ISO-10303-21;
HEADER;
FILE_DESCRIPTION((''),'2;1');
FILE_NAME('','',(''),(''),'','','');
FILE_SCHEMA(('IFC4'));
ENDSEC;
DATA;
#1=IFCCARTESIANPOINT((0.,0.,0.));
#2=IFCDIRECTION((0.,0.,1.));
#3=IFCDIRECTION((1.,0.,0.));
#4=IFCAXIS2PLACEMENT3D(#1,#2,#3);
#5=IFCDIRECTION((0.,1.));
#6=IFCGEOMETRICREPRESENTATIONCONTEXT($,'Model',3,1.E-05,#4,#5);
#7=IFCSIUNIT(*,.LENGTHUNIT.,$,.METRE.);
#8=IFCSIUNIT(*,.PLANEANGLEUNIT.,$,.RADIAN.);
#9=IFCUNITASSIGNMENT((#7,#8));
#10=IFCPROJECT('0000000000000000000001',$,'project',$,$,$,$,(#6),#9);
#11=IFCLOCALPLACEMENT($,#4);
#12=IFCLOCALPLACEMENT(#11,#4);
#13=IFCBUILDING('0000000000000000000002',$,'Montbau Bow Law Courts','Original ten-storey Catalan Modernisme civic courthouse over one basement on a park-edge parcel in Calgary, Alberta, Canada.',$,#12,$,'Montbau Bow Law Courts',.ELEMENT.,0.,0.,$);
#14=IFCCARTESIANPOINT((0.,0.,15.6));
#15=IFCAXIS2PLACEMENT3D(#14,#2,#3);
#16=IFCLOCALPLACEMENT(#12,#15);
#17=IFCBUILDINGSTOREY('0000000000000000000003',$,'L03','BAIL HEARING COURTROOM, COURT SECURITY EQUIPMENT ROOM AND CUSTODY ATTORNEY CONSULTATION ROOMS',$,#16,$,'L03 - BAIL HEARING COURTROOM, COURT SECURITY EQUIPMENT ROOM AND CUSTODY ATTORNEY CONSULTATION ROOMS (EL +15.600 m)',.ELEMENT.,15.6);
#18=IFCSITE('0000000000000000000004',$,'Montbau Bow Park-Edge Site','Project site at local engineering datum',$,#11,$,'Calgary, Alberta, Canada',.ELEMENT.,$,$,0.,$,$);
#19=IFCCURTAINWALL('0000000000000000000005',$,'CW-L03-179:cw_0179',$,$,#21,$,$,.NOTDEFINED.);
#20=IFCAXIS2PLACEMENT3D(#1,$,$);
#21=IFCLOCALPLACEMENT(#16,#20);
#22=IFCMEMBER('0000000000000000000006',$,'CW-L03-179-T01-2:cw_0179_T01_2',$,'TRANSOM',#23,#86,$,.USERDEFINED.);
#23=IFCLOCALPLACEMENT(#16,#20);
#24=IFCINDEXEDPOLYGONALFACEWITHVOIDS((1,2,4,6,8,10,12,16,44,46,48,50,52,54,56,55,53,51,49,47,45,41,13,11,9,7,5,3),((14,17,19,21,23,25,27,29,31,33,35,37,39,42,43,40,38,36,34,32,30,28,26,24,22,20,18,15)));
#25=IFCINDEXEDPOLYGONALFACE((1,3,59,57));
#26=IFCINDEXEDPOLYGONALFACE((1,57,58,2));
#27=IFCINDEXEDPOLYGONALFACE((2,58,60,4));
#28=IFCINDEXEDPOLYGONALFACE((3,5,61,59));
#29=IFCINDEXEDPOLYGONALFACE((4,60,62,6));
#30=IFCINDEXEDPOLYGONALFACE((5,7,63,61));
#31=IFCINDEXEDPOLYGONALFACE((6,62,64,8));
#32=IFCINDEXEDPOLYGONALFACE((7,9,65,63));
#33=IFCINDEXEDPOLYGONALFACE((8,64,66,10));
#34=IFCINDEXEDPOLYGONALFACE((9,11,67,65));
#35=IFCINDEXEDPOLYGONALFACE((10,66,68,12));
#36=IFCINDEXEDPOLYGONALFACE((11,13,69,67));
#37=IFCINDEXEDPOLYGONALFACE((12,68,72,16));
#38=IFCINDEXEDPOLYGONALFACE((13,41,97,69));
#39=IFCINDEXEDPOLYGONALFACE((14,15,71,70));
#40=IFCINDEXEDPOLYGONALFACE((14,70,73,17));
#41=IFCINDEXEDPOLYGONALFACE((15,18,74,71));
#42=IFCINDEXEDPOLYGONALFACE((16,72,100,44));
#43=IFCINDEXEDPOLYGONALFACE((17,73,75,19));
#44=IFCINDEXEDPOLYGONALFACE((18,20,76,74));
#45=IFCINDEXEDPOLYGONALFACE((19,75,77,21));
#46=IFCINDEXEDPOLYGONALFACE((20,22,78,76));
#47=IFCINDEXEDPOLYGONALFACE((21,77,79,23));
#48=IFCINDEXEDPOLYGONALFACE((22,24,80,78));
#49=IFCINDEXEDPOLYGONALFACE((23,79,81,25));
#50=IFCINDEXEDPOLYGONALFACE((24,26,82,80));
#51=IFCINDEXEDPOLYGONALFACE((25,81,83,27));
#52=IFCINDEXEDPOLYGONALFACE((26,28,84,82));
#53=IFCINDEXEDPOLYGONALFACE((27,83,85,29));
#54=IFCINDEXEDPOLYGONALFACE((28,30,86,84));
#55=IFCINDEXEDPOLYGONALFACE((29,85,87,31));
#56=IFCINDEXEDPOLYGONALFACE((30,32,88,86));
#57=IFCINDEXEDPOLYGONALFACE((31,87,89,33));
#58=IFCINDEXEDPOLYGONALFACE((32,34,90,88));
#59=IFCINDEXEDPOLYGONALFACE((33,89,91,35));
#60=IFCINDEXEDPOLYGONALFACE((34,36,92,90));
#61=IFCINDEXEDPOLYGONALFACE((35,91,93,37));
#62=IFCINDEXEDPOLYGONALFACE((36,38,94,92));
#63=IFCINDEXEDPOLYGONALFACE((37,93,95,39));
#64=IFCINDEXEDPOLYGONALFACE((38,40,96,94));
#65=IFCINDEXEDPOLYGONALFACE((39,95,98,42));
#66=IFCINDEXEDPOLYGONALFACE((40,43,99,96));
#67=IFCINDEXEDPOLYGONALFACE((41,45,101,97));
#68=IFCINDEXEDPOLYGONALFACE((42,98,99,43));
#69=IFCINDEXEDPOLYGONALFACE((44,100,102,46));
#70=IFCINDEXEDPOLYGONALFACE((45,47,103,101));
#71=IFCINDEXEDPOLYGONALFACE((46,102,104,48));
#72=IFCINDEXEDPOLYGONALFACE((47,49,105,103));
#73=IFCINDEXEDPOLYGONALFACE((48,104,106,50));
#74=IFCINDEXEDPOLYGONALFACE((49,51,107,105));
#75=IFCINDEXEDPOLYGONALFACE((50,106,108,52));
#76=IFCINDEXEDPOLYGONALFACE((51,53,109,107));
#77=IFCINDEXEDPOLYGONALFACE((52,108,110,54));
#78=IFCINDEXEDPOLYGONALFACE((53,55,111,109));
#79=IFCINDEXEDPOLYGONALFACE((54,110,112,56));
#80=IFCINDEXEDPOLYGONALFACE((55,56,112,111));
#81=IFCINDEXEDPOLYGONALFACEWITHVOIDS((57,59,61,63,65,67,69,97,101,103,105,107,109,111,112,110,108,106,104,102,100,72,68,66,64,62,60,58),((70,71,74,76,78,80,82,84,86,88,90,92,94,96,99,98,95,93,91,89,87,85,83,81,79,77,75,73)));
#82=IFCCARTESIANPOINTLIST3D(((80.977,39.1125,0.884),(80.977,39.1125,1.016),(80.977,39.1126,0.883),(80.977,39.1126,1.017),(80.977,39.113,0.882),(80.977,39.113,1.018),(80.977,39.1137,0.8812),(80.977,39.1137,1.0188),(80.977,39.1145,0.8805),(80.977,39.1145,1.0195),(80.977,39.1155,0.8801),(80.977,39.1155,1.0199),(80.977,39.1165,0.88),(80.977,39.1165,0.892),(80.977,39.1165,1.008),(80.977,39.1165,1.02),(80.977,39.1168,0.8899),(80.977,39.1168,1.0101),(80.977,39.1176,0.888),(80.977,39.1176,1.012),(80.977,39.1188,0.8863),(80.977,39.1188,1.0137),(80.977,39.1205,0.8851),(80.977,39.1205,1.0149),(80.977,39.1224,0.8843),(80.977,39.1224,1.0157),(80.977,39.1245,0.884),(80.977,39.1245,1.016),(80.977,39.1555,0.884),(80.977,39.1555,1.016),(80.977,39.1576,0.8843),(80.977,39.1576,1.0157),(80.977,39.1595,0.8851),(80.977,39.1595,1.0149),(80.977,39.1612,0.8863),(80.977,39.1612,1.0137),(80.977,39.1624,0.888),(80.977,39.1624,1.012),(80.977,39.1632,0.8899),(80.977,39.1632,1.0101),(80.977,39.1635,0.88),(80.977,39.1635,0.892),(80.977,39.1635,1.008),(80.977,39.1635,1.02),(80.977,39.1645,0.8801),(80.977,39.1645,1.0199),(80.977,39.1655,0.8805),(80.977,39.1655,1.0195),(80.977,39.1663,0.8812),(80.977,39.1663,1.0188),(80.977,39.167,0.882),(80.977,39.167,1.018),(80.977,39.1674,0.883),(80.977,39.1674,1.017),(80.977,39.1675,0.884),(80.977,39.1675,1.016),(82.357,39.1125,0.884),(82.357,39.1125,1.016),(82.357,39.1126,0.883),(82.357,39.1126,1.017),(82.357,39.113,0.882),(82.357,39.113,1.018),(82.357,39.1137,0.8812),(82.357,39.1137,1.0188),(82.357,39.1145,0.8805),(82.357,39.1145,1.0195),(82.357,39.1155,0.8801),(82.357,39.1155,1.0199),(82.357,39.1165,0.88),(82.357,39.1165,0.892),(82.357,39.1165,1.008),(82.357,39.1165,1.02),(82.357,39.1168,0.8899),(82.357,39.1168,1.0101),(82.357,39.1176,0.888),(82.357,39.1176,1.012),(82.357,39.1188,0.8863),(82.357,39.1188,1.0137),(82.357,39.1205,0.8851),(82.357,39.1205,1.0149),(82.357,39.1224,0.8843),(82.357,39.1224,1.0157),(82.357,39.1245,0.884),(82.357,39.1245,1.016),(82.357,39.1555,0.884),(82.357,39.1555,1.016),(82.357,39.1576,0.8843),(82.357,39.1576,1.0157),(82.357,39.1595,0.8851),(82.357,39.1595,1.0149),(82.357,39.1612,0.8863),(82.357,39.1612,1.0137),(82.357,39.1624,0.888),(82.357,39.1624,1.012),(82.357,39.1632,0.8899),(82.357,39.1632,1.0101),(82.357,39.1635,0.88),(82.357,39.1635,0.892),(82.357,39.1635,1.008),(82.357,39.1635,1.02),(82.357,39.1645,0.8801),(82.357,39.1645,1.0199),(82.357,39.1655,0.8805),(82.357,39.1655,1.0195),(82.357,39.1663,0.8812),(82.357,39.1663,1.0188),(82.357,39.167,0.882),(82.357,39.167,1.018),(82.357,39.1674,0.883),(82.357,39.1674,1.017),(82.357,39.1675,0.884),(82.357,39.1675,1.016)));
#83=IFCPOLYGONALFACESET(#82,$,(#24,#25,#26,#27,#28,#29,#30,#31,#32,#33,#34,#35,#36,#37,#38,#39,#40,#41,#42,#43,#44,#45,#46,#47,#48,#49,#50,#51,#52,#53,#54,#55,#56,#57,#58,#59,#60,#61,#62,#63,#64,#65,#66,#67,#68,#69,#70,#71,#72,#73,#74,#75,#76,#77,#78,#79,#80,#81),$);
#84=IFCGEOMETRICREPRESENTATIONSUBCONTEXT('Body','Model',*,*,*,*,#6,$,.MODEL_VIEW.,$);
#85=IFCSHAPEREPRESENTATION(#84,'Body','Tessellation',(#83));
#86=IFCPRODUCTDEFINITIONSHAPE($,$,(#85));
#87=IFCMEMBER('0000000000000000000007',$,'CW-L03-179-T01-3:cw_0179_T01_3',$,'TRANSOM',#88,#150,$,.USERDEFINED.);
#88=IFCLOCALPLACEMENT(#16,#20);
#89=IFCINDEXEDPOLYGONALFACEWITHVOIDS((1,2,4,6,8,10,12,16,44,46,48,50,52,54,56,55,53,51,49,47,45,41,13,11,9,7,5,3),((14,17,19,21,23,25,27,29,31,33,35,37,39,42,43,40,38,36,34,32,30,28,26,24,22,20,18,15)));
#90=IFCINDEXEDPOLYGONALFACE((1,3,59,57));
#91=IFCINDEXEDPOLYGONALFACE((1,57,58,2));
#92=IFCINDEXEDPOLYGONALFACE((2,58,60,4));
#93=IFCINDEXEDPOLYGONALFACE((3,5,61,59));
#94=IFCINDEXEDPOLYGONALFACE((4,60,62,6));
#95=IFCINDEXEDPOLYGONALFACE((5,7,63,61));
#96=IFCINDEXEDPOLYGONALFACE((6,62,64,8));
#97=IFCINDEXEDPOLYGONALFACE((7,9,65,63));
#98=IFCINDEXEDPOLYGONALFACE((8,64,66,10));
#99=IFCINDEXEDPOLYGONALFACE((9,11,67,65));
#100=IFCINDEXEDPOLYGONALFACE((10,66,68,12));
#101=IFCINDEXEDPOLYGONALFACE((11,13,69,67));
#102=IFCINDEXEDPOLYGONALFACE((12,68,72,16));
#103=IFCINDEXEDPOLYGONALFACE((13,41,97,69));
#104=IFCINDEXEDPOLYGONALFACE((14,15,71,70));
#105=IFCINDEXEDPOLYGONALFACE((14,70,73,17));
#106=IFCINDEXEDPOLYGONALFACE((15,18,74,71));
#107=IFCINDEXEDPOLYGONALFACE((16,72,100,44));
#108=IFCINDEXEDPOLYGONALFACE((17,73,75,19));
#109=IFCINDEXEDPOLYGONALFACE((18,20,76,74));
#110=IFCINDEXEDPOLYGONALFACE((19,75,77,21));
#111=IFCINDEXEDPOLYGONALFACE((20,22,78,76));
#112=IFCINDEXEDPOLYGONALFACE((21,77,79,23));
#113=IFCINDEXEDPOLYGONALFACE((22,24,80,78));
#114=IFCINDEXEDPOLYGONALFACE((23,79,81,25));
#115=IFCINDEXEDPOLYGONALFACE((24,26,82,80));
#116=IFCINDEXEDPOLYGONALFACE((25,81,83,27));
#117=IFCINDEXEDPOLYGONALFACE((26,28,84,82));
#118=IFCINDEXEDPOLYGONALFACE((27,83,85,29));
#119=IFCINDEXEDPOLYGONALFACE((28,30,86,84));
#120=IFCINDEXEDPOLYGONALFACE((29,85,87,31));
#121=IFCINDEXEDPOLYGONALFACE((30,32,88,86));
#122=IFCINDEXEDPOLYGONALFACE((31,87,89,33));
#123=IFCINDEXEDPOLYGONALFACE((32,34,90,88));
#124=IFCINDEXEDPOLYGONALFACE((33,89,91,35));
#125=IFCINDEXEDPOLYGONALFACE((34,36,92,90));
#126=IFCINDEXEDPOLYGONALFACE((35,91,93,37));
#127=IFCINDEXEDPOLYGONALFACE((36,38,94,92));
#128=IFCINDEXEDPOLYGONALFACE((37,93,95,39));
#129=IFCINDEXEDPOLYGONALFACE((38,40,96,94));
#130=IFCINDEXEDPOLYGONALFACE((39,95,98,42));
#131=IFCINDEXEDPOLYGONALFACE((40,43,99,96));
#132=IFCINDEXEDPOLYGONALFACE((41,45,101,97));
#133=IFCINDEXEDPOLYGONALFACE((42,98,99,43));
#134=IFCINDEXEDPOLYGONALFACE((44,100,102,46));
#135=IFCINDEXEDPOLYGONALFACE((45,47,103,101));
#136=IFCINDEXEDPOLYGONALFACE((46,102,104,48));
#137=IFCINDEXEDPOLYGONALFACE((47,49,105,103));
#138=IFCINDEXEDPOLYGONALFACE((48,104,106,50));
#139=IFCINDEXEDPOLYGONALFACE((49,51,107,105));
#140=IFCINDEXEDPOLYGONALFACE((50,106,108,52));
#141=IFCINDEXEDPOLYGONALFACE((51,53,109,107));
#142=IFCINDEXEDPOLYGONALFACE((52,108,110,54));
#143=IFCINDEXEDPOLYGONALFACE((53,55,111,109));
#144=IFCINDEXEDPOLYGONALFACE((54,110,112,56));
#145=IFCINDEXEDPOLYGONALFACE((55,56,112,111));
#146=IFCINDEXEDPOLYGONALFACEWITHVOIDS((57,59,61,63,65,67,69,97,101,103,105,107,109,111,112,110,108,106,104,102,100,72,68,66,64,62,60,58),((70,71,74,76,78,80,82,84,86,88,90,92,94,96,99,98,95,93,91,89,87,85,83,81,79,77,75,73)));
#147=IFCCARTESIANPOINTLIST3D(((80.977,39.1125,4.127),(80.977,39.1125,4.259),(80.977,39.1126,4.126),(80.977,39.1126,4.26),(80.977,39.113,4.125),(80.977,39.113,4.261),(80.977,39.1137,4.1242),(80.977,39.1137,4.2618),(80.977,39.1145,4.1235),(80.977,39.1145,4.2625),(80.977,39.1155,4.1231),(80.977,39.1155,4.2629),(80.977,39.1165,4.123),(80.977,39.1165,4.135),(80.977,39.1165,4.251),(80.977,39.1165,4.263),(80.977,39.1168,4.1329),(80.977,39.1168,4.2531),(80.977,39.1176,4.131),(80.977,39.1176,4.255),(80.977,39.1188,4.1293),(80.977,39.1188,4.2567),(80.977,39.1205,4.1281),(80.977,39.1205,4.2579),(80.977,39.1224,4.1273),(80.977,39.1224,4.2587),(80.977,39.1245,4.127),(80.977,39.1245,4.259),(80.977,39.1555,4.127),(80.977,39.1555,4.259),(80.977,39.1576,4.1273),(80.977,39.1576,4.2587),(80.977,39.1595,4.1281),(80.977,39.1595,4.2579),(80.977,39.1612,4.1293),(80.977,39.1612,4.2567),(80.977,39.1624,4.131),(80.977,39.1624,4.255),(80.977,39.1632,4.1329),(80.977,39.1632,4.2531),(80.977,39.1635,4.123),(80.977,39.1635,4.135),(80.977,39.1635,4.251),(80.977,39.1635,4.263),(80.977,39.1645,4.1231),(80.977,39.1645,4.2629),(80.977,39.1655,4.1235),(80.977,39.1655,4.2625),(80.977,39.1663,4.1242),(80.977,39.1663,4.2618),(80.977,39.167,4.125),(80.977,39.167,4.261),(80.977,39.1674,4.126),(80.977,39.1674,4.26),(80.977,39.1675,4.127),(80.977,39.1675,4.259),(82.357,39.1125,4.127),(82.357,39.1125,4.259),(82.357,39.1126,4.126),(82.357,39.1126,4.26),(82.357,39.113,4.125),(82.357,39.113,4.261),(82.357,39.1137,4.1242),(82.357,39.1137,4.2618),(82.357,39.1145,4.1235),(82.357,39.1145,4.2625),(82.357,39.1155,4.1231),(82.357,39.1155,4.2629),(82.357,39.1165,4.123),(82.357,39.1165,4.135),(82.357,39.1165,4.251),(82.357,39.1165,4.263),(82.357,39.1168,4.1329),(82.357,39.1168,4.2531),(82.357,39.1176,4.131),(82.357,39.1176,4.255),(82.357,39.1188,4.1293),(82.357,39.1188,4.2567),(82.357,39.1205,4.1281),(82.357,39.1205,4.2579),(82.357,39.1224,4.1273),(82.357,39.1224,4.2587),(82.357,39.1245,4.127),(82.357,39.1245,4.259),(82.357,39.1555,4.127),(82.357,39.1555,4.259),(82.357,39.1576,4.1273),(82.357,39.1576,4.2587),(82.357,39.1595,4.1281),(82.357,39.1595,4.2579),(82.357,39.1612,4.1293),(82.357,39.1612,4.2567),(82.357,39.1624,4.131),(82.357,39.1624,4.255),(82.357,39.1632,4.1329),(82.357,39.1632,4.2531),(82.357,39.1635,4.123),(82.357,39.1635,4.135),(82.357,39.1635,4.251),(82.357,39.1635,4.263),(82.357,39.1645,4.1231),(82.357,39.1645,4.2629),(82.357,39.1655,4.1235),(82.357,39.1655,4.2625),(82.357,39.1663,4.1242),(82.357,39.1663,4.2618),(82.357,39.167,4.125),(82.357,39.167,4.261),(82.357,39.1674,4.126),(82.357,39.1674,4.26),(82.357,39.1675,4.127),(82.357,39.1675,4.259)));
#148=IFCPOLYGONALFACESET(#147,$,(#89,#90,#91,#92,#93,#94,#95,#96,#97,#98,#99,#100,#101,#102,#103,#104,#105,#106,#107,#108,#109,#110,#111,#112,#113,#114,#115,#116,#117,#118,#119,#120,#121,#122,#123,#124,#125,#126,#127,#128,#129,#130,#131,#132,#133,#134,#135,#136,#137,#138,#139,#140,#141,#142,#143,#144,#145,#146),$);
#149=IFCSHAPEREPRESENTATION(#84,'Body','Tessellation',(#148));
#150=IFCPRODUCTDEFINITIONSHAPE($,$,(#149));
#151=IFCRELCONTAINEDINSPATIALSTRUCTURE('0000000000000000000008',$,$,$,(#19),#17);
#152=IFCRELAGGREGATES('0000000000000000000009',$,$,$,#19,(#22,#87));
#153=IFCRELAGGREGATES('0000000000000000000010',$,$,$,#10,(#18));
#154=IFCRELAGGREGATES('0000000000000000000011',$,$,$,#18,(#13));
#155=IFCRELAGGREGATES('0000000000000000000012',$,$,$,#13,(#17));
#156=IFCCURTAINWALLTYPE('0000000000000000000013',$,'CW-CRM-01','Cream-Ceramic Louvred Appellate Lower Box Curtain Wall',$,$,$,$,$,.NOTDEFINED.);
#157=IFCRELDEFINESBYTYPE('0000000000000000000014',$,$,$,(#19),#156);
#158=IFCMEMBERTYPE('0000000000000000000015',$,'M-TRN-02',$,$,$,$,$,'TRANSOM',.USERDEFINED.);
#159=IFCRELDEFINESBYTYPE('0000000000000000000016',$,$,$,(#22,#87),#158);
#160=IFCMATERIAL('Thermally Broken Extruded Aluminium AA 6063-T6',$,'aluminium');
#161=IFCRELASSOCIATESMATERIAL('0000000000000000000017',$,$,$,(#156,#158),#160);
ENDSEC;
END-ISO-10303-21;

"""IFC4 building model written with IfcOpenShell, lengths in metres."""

from ifc_helpers import new_model, si_unit, direction, frame, origin_with_axes, origin_2d_with_axis, place, context, subcontext, project, spatial, hollow_rectangle, extrude, material, material_profile, profile_set, type_object, element, aggregate, save


model = new_model("IFC4")

# Units and contexts
model_context = context("Model", 3, precision=1e-05, world=origin_with_axes(), true_north=direction((0.0, 1.0)))
body_context = subcontext(model_context, "Body", "Model", "MODEL_VIEW")
ifc_project = project(units=[si_unit("LENGTHUNIT", "METRE"), si_unit("PLANEANGLEUNIT", "RADIAN")], contexts=[model_context])

# Site, building, storey
site_placement = place(None, origin_with_axes())
site = spatial("IfcSite", under=ifc_project, at=site_placement, Name="Montbau Bow Park-Edge Site", Description="Project site at local engineering datum", LongName="Calgary, Alberta, Canada", CompositionType="ELEMENT", RefElevation=0.0)
building_placement = place(site_placement, origin_with_axes())
building = spatial("IfcBuilding", under=site, at=building_placement, Name="Montbau Bow Law Courts", Description="Original ten-storey Catalan Modernisme civic courthouse over one basement on a park-edge parcel in Calgary, Alberta, Canada.", LongName="Montbau Bow Law Courts", CompositionType="ELEMENT", ElevationOfRefHeight=0.0, ElevationOfTerrain=0.0)
storey_placement = place(building_placement, frame((0.0, 0.0, 15.6), z_axis=(0.0, 0.0, 1.0), x_axis=(1.0, 0.0, 0.0)))
storey = spatial("IfcBuildingStorey", under=building, at=storey_placement, Name="L03", Description="BAIL HEARING COURTROOM, COURT SECURITY EQUIPMENT ROOM AND CUSTODY ATTORNEY CONSULTATION ROOMS", LongName="L03 - BAIL HEARING COURTROOM, COURT SECURITY EQUIPMENT ROOM AND CUSTODY ATTORNEY CONSULTATION ROOMS (EL +15.600 m)", CompositionType="ELEMENT", Elevation=15.6)

# Curtain wall
ifc_material_1 = material(Name="Thermally Broken Extruded Aluminium AA 6063-T6", Category="aluminium")
curtain_wall_type = type_object("IfcCurtainWallType", Name="CW-CRM-01", Description="Cream-Ceramic Louvred Appellate Lower Box Curtain Wall", PredefinedType="NOTDEFINED", material=ifc_material_1)
curtain_wall_1_placement = place(None, frame((80.915, 39.14, 15.6), z_axis=(0.0, 0.0, 1.0), x_axis=(1.0, 0.0, 0.0)))
curtain_wall_1 = element("IfcCurtainWall", 1, at=curtain_wall_1_placement, inside=storey, type_object=curtain_wall_type, Name="CW-L03-179:cw_0179", PredefinedType="NOTDEFINED")

# Members
ifc_material_profile_1 = material_profile(ifc_material_1, hollow_rectangle(XDim=0.055, YDim=0.14, WallThickness=0.004, InnerFilletRadius=0.008, OuterFilletRadius=0.004, at=origin_2d_with_axis()), Name="CWT-140X55", Category="Main", Priority=0)
ifc_profile_set_1 = profile_set([ifc_material_profile_1], Name="Thermally Broken Extruded Aluminium AA 6063-T6")
member_type_1 = type_object("IfcMemberType", Name="M-TRN-02", ElementType="TRANSOM", PredefinedType="USERDEFINED", material=ifc_profile_set_1)
member_1_placement = place(None, frame((80.977, 39.14, 16.55), z_axis=(1.0, 0.0, 0.0), x_axis=(0.0, 1.0, 0.0)))
member_1 = element("IfcMember", 2, at=member_1_placement, type_object=member_type_1, Name="CW-L03-179-T01-2:cw_0179_T01_2", ObjectType="TRANSOM", PredefinedType="USERDEFINED", context=body_context, shape_type="SweptSolid", body=[
    extrude(hollow_rectangle(XDim=0.055, YDim=0.14, WallThickness=0.004, InnerFilletRadius=0.008, OuterFilletRadius=0.004, at=origin_2d_with_axis()), origin_with_axes(), (0.0, 0.0, 1.0), 1.38),
])
member_2_placement = place(None, frame((80.977, 39.14, 19.793), z_axis=(1.0, 0.0, 0.0), x_axis=(0.0, 1.0, 0.0)))
member_2 = element("IfcMember", 3, at=member_2_placement, type_object=member_type_1, Name="CW-L03-179-T01-3:cw_0179_T01_3", ObjectType="TRANSOM", PredefinedType="USERDEFINED", context=body_context, shape_type="SweptSolid", body=[
    extrude(hollow_rectangle(XDim=0.055, YDim=0.14, WallThickness=0.004, InnerFilletRadius=0.008, OuterFilletRadius=0.004, at=origin_2d_with_axis()), origin_with_axes(), (0.0, 0.0, 1.0), 1.38),
])

aggregate(curtain_wall_1, [member_1, member_2])

save(model, "model.ifc")
